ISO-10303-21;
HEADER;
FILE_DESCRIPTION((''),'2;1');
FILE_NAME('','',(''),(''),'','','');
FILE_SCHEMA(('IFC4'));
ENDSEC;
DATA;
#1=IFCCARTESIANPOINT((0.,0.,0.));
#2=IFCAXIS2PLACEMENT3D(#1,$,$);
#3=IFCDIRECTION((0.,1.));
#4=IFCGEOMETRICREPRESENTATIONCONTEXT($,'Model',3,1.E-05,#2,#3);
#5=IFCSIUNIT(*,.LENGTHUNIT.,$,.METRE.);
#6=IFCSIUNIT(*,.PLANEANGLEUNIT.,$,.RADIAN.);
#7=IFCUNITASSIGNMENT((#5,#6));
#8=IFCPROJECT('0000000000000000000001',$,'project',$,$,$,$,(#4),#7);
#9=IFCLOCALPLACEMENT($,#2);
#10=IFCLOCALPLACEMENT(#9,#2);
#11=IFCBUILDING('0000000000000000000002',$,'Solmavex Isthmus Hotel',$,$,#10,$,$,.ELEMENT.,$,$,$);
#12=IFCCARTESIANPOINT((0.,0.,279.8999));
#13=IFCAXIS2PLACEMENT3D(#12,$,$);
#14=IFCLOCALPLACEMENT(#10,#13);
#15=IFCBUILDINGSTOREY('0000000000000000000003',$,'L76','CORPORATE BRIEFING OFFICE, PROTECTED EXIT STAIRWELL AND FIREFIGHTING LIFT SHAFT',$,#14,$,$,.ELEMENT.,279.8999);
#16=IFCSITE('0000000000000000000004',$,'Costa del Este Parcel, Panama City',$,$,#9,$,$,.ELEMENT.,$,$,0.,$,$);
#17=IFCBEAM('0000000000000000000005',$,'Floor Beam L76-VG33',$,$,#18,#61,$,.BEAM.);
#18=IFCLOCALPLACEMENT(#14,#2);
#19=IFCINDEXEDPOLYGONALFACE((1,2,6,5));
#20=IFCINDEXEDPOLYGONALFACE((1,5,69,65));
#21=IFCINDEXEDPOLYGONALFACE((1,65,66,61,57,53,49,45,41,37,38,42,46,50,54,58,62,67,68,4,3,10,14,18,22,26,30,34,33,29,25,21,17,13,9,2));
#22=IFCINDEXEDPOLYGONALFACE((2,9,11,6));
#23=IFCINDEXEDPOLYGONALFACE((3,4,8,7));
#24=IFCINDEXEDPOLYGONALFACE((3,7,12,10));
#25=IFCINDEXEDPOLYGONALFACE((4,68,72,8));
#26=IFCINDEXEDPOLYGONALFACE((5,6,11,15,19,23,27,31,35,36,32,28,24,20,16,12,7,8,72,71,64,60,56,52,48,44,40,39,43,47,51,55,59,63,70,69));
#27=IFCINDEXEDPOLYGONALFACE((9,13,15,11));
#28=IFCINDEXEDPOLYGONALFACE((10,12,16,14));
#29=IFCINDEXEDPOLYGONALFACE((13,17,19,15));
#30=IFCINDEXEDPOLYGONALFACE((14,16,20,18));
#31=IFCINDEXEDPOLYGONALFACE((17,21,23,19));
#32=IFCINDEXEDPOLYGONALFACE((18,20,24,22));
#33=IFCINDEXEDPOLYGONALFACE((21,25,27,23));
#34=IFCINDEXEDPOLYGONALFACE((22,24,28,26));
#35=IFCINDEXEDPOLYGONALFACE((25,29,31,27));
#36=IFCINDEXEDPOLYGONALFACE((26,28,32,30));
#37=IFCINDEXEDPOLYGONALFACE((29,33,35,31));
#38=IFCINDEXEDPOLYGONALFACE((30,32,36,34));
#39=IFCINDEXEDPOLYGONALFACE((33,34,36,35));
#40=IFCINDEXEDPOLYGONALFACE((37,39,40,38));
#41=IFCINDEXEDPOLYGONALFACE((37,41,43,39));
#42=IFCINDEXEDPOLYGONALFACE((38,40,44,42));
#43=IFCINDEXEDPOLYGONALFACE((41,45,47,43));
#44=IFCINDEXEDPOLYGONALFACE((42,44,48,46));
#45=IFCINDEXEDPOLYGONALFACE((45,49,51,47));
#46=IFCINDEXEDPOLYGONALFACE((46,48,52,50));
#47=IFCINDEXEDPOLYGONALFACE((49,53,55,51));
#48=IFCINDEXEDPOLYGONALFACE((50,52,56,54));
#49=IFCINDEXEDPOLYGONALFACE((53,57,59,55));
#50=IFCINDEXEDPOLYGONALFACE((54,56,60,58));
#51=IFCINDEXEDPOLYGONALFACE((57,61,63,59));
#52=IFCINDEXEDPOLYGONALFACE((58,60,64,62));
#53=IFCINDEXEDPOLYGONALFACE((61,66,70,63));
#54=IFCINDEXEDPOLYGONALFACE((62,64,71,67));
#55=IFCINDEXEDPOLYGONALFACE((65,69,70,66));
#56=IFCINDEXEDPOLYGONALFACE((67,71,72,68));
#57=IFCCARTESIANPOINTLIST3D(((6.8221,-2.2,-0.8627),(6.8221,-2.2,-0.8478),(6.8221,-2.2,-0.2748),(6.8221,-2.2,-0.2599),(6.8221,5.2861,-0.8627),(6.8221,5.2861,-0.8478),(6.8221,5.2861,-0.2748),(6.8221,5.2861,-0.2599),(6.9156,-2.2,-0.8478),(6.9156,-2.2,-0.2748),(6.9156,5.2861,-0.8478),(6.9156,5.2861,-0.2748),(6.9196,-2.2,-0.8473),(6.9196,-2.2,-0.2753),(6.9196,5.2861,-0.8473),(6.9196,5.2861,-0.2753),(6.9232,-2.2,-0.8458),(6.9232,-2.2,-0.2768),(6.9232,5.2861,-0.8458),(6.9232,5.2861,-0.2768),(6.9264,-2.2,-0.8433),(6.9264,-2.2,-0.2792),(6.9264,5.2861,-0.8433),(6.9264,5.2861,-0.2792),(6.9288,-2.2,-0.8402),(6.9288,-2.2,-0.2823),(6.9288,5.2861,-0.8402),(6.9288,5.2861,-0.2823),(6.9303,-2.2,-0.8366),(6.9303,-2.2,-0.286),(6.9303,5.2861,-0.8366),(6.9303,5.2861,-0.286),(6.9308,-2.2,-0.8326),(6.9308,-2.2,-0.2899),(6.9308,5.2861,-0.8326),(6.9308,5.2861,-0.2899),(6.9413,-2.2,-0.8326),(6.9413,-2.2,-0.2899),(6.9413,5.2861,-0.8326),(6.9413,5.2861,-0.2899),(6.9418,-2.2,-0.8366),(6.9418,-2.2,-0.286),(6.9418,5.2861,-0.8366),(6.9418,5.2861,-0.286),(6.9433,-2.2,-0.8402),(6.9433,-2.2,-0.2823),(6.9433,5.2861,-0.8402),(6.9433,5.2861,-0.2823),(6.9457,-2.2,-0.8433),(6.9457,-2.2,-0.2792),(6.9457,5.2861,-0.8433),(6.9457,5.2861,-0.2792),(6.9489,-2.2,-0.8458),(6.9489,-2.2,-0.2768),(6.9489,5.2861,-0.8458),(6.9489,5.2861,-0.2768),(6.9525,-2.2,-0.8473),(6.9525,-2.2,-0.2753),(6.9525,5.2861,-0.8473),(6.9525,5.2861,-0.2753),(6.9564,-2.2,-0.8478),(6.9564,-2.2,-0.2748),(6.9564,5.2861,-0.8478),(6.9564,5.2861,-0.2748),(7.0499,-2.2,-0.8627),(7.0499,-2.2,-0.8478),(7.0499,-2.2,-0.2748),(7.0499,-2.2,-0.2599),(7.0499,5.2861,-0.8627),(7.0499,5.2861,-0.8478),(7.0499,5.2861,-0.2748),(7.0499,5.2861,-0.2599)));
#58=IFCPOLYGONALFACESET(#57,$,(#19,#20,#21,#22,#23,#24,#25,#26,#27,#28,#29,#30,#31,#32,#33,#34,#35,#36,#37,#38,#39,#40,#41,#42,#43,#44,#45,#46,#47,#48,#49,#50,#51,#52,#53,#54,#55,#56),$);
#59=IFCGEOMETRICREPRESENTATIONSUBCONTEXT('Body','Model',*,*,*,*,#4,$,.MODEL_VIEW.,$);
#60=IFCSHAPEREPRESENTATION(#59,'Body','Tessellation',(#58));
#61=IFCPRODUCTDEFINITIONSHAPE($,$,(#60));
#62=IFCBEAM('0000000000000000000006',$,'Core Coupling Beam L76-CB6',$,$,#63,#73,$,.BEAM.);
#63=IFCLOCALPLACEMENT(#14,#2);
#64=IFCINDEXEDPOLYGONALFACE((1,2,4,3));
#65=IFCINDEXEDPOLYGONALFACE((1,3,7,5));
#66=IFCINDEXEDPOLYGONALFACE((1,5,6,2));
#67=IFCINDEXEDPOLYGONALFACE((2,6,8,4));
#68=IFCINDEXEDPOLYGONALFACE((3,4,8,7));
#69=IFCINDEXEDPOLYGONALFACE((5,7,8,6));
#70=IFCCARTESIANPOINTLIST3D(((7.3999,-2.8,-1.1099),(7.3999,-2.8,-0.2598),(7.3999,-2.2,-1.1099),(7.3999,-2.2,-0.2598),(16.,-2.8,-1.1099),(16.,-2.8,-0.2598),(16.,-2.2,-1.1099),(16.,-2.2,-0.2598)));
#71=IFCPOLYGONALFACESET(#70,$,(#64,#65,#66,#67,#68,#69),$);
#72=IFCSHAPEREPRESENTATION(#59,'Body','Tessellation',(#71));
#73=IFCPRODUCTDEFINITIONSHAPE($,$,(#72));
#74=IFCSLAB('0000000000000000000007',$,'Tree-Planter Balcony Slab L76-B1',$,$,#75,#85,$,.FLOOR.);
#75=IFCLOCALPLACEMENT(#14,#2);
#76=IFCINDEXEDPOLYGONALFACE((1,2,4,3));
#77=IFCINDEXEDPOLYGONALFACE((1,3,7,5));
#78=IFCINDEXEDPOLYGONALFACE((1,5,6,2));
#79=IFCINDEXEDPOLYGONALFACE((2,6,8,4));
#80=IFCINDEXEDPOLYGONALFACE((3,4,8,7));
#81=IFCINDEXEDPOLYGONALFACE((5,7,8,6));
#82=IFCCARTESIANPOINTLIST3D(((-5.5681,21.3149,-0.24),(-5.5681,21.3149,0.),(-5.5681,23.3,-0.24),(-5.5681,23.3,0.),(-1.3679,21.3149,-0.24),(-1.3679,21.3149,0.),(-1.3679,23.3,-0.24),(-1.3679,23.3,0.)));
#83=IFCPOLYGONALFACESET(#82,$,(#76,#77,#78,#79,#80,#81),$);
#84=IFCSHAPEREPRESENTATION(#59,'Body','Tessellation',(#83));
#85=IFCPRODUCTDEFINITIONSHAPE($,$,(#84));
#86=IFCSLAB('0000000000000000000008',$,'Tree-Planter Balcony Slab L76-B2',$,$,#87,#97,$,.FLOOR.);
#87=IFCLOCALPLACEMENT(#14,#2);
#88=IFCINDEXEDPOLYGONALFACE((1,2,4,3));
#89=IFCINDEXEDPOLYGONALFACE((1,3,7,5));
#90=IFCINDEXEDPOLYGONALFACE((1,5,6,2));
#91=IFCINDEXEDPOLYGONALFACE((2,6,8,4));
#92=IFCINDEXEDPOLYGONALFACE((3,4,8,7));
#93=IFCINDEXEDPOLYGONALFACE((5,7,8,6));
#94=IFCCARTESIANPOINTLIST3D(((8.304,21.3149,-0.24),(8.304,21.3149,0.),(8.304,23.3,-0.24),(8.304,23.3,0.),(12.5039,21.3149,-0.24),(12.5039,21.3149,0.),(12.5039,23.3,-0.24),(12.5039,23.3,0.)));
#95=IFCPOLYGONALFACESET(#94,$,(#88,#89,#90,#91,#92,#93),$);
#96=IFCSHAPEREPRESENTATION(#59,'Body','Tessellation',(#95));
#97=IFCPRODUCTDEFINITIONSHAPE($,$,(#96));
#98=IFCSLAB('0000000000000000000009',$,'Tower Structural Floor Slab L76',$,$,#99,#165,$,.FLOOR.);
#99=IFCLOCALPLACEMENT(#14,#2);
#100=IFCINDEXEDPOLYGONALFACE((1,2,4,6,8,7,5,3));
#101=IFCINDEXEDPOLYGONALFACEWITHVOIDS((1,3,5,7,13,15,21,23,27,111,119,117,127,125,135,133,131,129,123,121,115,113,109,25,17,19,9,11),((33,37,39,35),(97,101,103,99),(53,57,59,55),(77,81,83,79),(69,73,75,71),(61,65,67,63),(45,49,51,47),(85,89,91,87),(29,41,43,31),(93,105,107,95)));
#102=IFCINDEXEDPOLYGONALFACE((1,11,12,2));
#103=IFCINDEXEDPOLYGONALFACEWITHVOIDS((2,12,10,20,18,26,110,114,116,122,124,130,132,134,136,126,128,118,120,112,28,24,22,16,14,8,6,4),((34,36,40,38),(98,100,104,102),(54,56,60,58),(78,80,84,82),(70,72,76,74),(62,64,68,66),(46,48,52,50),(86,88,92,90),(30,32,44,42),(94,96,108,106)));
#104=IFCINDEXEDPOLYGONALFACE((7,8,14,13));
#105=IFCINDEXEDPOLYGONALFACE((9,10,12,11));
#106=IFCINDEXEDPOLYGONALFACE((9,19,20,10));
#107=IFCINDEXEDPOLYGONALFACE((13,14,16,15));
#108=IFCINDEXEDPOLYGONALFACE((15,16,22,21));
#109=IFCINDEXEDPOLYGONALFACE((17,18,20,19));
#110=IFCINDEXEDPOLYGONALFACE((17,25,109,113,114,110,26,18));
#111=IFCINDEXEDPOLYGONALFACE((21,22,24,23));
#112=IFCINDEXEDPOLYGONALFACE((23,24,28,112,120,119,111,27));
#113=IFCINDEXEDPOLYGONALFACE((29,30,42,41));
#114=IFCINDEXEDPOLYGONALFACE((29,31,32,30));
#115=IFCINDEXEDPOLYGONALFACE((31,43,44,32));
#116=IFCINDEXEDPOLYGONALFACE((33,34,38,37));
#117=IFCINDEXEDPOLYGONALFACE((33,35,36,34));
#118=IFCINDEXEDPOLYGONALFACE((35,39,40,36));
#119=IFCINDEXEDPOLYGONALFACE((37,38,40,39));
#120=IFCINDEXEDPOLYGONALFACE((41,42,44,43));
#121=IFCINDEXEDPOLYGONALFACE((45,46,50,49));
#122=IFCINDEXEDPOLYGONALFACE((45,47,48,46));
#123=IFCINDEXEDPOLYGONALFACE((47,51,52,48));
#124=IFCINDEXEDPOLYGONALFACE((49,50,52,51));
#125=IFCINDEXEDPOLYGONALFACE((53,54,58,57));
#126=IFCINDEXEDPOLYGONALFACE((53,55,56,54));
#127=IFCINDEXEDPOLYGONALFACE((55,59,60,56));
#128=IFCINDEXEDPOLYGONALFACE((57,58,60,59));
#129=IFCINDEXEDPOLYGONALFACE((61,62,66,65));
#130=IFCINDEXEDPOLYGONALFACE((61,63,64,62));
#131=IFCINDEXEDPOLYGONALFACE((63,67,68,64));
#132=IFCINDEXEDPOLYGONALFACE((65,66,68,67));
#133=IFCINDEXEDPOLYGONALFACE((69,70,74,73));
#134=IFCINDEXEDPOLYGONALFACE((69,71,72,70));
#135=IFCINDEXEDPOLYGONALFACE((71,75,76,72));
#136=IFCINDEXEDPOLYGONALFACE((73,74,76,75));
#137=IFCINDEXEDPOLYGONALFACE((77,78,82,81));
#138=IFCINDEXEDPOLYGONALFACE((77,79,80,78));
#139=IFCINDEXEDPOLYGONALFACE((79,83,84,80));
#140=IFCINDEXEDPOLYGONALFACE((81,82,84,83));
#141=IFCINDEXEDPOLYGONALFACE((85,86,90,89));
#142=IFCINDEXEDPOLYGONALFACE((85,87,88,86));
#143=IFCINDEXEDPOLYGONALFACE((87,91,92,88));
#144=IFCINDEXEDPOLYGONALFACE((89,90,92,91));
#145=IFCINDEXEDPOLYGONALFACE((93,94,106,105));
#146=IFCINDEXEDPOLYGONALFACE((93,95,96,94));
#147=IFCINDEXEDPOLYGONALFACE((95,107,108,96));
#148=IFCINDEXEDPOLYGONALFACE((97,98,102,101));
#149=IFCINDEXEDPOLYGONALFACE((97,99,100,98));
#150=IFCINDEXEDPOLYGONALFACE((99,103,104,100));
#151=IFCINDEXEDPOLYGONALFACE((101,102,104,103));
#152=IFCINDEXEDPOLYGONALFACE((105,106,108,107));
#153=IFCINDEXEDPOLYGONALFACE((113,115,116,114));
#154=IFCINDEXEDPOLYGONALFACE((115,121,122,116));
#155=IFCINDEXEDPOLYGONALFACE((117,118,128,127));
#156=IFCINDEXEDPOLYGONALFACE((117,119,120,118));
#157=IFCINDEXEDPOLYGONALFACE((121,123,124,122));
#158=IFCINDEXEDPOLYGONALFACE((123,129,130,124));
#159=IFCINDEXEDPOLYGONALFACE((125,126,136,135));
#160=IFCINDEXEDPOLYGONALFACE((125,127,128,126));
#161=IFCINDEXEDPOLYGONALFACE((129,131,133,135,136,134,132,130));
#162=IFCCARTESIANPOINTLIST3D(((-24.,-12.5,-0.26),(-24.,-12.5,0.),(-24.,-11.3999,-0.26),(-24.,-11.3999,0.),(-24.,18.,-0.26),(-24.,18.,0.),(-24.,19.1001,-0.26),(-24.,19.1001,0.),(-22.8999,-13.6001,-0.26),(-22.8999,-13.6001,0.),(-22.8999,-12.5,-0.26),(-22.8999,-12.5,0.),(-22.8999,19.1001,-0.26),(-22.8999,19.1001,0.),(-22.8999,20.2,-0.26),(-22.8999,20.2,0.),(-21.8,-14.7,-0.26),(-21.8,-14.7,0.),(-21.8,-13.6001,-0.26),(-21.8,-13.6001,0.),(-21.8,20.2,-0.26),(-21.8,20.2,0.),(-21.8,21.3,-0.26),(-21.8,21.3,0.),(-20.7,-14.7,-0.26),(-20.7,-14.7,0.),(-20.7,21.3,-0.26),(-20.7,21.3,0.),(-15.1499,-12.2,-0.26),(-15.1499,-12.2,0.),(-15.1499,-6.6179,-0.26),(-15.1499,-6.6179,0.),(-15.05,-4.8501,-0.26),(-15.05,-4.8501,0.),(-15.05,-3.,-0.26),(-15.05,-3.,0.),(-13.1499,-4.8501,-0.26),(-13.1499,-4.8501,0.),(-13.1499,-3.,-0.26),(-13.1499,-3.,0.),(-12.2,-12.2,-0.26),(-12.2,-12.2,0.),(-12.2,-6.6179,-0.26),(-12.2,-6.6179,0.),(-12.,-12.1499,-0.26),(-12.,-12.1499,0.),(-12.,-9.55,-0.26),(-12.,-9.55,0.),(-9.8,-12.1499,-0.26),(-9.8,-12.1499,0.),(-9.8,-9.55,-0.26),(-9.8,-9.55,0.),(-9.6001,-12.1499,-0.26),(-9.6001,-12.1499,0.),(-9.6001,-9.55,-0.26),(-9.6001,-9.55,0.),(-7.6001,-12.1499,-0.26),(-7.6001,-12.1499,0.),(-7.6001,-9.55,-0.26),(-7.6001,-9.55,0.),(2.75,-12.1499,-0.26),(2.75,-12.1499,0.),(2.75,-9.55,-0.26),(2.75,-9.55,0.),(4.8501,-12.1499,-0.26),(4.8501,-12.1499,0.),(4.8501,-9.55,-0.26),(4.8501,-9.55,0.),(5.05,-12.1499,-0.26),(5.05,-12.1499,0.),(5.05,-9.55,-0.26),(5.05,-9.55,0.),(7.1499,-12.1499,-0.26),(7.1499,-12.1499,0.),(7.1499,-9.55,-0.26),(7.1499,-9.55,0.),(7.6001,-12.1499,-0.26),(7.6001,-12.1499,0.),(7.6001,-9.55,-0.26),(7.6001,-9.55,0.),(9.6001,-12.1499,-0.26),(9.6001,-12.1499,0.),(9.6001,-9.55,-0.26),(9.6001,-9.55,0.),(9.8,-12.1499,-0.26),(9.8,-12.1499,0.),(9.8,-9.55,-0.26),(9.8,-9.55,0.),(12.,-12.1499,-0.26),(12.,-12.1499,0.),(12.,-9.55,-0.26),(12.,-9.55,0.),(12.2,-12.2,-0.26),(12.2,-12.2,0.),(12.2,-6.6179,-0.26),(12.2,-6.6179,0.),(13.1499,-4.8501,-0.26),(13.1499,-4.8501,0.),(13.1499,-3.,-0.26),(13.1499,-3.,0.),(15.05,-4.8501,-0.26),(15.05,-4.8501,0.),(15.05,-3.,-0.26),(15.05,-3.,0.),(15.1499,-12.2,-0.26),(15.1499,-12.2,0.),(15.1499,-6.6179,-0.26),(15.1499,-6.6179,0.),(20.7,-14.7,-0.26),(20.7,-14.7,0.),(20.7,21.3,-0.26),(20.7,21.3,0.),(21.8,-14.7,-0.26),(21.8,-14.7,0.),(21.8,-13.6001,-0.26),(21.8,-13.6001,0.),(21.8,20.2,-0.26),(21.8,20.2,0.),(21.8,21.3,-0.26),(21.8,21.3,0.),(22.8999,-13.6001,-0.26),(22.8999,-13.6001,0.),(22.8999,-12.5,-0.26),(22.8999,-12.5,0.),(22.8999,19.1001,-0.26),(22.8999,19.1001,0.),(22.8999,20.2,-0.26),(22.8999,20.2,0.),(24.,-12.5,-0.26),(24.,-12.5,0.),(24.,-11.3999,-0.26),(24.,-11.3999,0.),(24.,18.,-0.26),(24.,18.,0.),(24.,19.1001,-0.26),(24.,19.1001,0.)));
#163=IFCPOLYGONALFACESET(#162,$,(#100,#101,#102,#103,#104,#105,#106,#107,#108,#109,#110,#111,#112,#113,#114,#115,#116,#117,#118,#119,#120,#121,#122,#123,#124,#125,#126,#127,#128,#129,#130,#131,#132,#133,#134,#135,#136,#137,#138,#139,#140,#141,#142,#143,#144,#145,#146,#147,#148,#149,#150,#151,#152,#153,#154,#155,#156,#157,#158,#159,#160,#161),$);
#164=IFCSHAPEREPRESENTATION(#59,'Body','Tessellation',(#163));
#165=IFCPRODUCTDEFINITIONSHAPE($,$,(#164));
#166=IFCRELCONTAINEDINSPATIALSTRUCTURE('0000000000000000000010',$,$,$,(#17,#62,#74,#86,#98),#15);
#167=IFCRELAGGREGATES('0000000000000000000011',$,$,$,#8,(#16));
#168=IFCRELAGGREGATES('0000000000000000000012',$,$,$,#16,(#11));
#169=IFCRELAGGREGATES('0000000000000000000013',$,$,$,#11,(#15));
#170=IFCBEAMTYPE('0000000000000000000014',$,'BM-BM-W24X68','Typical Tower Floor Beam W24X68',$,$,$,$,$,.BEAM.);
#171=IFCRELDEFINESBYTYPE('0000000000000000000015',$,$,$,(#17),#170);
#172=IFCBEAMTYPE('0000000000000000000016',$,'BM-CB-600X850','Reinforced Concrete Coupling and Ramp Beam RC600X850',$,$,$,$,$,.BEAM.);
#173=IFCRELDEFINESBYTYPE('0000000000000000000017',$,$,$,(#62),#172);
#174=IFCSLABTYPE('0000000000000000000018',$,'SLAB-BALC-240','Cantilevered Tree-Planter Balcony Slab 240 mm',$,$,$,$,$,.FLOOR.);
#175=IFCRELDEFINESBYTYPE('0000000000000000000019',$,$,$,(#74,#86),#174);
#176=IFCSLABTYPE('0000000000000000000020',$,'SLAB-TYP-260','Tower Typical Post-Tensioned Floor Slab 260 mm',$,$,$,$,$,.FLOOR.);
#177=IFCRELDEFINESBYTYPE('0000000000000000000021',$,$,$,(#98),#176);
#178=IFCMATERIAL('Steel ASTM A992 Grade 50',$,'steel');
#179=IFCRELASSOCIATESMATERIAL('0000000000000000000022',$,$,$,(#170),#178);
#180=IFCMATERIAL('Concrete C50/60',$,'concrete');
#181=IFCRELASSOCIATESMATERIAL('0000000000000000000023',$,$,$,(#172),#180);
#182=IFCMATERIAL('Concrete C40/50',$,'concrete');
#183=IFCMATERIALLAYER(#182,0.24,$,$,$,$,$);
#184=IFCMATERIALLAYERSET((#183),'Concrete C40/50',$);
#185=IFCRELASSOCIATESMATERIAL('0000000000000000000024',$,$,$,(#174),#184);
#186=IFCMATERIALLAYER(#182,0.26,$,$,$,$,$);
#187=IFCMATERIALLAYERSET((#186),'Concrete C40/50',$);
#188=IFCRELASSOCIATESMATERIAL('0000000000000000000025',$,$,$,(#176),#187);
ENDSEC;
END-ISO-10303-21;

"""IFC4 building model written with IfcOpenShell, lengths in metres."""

from ifc_helpers import new_model, si_unit, direction, frame, origin, origin_2d, place, context, subcontext, project, spatial, polyline, rectangle, i_section, outline, extrude, material, layer, layer_set, material_profile, profile_set, type_object, element, save


model = new_model("IFC4")

# Units and contexts
model_context = context("Model", 3, precision=1e-05, world=origin(), true_north=direction((0.0, 1.0)))
body_context = subcontext(model_context, "Body", "Model", "MODEL_VIEW")
ifc_project = project(units=[si_unit("LENGTHUNIT", "METRE"), si_unit("PLANEANGLEUNIT", "RADIAN")], contexts=[model_context])

# Site, building, storey
site_placement = place(None, origin())
site = spatial("IfcSite", under=ifc_project, at=site_placement, Name="Costa del Este Parcel, Panama City", CompositionType="ELEMENT", RefElevation=0.0)
building_placement = place(site_placement, origin())
building = spatial("IfcBuilding", under=site, at=building_placement, Name="Solmavex Isthmus Hotel", CompositionType="ELEMENT")
storey_placement = place(building_placement, frame((0.0, 0.0, 279.8999)))
storey = spatial("IfcBuildingStorey", under=building, at=storey_placement, Name="L76", Description="CORPORATE BRIEFING OFFICE, PROTECTED EXIT STAIRWELL AND FIREFIGHTING LIFT SHAFT", CompositionType="ELEMENT", Elevation=279.8999)

# Shared definitions
ifc_material_1 = material(Name="Concrete C50/60", Category="concrete")

# Beams
ifc_material_2 = material(Name="Steel ASTM A992 Grade 50", Category="steel")
ifc_material_profile_1 = material_profile(ifc_material_2, i_section(OverallWidth=0.2278, OverallDepth=0.6028, WebThickness=0.0105, FlangeThickness=0.0149, FilletRadius=0.0151, at=origin_2d()), Name="W24X68")
ifc_profile_set_1 = profile_set([ifc_material_profile_1], Name="Steel ASTM A992 Grade 50")
beam_type_1 = type_object("IfcBeamType", Name="BM-BM-W24X68", Description="Typical Tower Floor Beam W24X68", PredefinedType="BEAM", material=ifc_profile_set_1)
for number, where, z_axis, x_axis, name in (
    (1, (6.936, -2.2, -0.5613), (0.0, 1.0, 0.0), (-1.0, 0.0, 0.0), "Floor Beam L76-VG33"),
):
    element("IfcBeam", number, at=place(storey_placement, frame(where, z_axis=z_axis, x_axis=x_axis)), inside=storey, type_object=beam_type_1, Name=name, PredefinedType="BEAM", context=body_context, shape_type="SweptSolid", body=[
        extrude(i_section(OverallWidth=0.2278, OverallDepth=0.6028, WebThickness=0.0105, FlangeThickness=0.0149, FilletRadius=0.0151, at=origin_2d()), origin(), (0.0, 0.0, 1.0), 7.4861),
    ])
ifc_material_profile_2 = material_profile(ifc_material_1, rectangle(XDim=0.6001, YDim=0.8501, at=origin_2d()), Name="RC600X850")
ifc_profile_set_2 = profile_set([ifc_material_profile_2], Name="Concrete C50/60")
beam_type_2 = type_object("IfcBeamType", Name="BM-CB-600X850", Description="Reinforced Concrete Coupling and Ramp Beam RC600X850", PredefinedType="BEAM", material=ifc_profile_set_2)
beam_placement = place(storey_placement, frame((7.3999, -2.5, -0.6848), z_axis=(1.0, 0.0, 0.0), x_axis=(0.0, 1.0, 0.0)))
element("IfcBeam", 2, at=beam_placement, inside=storey, type_object=beam_type_2, Name="Core Coupling Beam L76-CB6", PredefinedType="BEAM", context=body_context, shape_type="SweptSolid", body=[
    extrude(rectangle(XDim=0.6001, YDim=0.8501, at=origin_2d()), origin(), (0.0, 0.0, 1.0), 8.6001),
])

# Slabs
ifc_material_3 = material(Name="Concrete C40/50", Category="concrete")
ifc_layer_1 = layer(ifc_material_3, 0.24)
ifc_layer_set_1 = layer_set([ifc_layer_1], Name="Concrete C40/50")
slab_type_1 = type_object("IfcSlabType", Name="SLAB-BALC-240", Description="Cantilevered Tree-Planter Balcony Slab 240 mm", PredefinedType="FLOOR", material=ifc_layer_set_1)
slab_1_placement = place(storey_placement, frame((0.0, 0.0, -0.24)))
element("IfcSlab", 3, at=slab_1_placement, inside=storey, type_object=slab_type_1, Name="Tree-Planter Balcony Slab L76-B1", PredefinedType="FLOOR", context=body_context, shape_type="SweptSolid", body=[
    extrude(outline(polyline([(-5.5681, 21.3149), (-1.3679, 21.3149), (-1.3679, 23.3), (-5.5681, 23.3), (-5.5681, 21.3149)])), origin(), (0.0, 0.0, 1.0), 0.24),
])
slab_2_placement = place(storey_placement, frame((0.0, 0.0, -0.24)))
element("IfcSlab", 4, at=slab_2_placement, inside=storey, type_object=slab_type_1, Name="Tree-Planter Balcony Slab L76-B2", PredefinedType="FLOOR", context=body_context, shape_type="SweptSolid", body=[
    extrude(outline(polyline([(8.304, 21.3149), (12.5039, 21.3149), (12.5039, 23.3), (8.304, 23.3), (8.304, 21.3149)])), origin(), (0.0, 0.0, 1.0), 0.24),
])
ifc_layer_2 = layer(ifc_material_3, 0.26)
ifc_layer_set_2 = layer_set([ifc_layer_2], Name="Concrete C40/50")
slab_type_2 = type_object("IfcSlabType", Name="SLAB-TYP-260", Description="Tower Typical Post-Tensioned Floor Slab 260 mm", PredefinedType="FLOOR", material=ifc_layer_set_2)
slab_3_placement = place(storey_placement, frame((0.0, 0.0, -0.26)))
element("IfcSlab", 5, at=slab_3_placement, inside=storey, type_object=slab_type_2, Name="Tower Structural Floor Slab L76", PredefinedType="FLOOR", context=body_context, shape_type="SweptSolid", body=[
    extrude(outline(polyline([(-20.7, -14.7), (20.7, -14.7), (21.8, -14.7), (21.8, -13.6001), (22.8999, -13.6001), (22.8999, -12.5), (24.0, -12.5), (24.0, -11.3999), (24.0, 18.0), (24.0, 19.1001), (22.8999, 19.1001), (22.8999, 20.2), (21.8, 20.2), (21.8, 21.3), (20.7, 21.3), (-20.7, 21.3), (-21.8, 21.3), (-21.8, 20.2), (-22.8999, 20.2), (-22.8999, 19.1001), (-24.0, 19.1001), (-24.0, 18.0), (-24.0, -11.3999), (-24.0, -12.5), (-22.8999, -12.5), (-22.8999, -13.6001), (-21.8, -13.6001), (-21.8, -14.7), (-20.7, -14.7)]), holes=[polyline([(-15.1499, -6.6179), (-15.1499, -12.2), (-12.2, -12.2), (-12.2, -6.6179), (-15.1499, -6.6179)]), polyline([(12.2, -6.6179), (12.2, -12.2), (15.1499, -12.2), (15.1499, -6.6179), (12.2, -6.6179)]), polyline([(-12.0, -12.1499), (-9.8, -12.1499), (-9.8, -9.55), (-12.0, -9.55), (-12.0, -12.1499)]), polyline([(9.8, -12.1499), (12.0, -12.1499), (12.0, -9.55), (9.8, -9.55), (9.8, -12.1499)]), polyline([(-9.6001, -12.1499), (-7.6001, -12.1499), (-7.6001, -9.55), (-9.6001, -9.55), (-9.6001, -12.1499)]), polyline([(7.6001, -12.1499), (9.6001, -12.1499), (9.6001, -9.55), (7.6001, -9.55), (7.6001, -12.1499)]), polyline([(2.75, -12.1499), (4.8501, -12.1499), (4.8501, -9.55), (2.75, -9.55), (2.75, -12.1499)]), polyline([(5.05, -12.1499), (7.1499, -12.1499), (7.1499, -9.55), (5.05, -9.55), (5.05, -12.1499)]), polyline([(-15.05, -4.8501), (-13.1499, -4.8501), (-13.1499, -3.0), (-15.05, -3.0), (-15.05, -4.8501)]), polyline([(13.1499, -4.8501), (15.05, -4.8501), (15.05, -3.0), (13.1499, -3.0), (13.1499, -4.8501)])]), origin(), (0.0, 0.0, 1.0), 0.26),
])

save(model, "model.ifc")
